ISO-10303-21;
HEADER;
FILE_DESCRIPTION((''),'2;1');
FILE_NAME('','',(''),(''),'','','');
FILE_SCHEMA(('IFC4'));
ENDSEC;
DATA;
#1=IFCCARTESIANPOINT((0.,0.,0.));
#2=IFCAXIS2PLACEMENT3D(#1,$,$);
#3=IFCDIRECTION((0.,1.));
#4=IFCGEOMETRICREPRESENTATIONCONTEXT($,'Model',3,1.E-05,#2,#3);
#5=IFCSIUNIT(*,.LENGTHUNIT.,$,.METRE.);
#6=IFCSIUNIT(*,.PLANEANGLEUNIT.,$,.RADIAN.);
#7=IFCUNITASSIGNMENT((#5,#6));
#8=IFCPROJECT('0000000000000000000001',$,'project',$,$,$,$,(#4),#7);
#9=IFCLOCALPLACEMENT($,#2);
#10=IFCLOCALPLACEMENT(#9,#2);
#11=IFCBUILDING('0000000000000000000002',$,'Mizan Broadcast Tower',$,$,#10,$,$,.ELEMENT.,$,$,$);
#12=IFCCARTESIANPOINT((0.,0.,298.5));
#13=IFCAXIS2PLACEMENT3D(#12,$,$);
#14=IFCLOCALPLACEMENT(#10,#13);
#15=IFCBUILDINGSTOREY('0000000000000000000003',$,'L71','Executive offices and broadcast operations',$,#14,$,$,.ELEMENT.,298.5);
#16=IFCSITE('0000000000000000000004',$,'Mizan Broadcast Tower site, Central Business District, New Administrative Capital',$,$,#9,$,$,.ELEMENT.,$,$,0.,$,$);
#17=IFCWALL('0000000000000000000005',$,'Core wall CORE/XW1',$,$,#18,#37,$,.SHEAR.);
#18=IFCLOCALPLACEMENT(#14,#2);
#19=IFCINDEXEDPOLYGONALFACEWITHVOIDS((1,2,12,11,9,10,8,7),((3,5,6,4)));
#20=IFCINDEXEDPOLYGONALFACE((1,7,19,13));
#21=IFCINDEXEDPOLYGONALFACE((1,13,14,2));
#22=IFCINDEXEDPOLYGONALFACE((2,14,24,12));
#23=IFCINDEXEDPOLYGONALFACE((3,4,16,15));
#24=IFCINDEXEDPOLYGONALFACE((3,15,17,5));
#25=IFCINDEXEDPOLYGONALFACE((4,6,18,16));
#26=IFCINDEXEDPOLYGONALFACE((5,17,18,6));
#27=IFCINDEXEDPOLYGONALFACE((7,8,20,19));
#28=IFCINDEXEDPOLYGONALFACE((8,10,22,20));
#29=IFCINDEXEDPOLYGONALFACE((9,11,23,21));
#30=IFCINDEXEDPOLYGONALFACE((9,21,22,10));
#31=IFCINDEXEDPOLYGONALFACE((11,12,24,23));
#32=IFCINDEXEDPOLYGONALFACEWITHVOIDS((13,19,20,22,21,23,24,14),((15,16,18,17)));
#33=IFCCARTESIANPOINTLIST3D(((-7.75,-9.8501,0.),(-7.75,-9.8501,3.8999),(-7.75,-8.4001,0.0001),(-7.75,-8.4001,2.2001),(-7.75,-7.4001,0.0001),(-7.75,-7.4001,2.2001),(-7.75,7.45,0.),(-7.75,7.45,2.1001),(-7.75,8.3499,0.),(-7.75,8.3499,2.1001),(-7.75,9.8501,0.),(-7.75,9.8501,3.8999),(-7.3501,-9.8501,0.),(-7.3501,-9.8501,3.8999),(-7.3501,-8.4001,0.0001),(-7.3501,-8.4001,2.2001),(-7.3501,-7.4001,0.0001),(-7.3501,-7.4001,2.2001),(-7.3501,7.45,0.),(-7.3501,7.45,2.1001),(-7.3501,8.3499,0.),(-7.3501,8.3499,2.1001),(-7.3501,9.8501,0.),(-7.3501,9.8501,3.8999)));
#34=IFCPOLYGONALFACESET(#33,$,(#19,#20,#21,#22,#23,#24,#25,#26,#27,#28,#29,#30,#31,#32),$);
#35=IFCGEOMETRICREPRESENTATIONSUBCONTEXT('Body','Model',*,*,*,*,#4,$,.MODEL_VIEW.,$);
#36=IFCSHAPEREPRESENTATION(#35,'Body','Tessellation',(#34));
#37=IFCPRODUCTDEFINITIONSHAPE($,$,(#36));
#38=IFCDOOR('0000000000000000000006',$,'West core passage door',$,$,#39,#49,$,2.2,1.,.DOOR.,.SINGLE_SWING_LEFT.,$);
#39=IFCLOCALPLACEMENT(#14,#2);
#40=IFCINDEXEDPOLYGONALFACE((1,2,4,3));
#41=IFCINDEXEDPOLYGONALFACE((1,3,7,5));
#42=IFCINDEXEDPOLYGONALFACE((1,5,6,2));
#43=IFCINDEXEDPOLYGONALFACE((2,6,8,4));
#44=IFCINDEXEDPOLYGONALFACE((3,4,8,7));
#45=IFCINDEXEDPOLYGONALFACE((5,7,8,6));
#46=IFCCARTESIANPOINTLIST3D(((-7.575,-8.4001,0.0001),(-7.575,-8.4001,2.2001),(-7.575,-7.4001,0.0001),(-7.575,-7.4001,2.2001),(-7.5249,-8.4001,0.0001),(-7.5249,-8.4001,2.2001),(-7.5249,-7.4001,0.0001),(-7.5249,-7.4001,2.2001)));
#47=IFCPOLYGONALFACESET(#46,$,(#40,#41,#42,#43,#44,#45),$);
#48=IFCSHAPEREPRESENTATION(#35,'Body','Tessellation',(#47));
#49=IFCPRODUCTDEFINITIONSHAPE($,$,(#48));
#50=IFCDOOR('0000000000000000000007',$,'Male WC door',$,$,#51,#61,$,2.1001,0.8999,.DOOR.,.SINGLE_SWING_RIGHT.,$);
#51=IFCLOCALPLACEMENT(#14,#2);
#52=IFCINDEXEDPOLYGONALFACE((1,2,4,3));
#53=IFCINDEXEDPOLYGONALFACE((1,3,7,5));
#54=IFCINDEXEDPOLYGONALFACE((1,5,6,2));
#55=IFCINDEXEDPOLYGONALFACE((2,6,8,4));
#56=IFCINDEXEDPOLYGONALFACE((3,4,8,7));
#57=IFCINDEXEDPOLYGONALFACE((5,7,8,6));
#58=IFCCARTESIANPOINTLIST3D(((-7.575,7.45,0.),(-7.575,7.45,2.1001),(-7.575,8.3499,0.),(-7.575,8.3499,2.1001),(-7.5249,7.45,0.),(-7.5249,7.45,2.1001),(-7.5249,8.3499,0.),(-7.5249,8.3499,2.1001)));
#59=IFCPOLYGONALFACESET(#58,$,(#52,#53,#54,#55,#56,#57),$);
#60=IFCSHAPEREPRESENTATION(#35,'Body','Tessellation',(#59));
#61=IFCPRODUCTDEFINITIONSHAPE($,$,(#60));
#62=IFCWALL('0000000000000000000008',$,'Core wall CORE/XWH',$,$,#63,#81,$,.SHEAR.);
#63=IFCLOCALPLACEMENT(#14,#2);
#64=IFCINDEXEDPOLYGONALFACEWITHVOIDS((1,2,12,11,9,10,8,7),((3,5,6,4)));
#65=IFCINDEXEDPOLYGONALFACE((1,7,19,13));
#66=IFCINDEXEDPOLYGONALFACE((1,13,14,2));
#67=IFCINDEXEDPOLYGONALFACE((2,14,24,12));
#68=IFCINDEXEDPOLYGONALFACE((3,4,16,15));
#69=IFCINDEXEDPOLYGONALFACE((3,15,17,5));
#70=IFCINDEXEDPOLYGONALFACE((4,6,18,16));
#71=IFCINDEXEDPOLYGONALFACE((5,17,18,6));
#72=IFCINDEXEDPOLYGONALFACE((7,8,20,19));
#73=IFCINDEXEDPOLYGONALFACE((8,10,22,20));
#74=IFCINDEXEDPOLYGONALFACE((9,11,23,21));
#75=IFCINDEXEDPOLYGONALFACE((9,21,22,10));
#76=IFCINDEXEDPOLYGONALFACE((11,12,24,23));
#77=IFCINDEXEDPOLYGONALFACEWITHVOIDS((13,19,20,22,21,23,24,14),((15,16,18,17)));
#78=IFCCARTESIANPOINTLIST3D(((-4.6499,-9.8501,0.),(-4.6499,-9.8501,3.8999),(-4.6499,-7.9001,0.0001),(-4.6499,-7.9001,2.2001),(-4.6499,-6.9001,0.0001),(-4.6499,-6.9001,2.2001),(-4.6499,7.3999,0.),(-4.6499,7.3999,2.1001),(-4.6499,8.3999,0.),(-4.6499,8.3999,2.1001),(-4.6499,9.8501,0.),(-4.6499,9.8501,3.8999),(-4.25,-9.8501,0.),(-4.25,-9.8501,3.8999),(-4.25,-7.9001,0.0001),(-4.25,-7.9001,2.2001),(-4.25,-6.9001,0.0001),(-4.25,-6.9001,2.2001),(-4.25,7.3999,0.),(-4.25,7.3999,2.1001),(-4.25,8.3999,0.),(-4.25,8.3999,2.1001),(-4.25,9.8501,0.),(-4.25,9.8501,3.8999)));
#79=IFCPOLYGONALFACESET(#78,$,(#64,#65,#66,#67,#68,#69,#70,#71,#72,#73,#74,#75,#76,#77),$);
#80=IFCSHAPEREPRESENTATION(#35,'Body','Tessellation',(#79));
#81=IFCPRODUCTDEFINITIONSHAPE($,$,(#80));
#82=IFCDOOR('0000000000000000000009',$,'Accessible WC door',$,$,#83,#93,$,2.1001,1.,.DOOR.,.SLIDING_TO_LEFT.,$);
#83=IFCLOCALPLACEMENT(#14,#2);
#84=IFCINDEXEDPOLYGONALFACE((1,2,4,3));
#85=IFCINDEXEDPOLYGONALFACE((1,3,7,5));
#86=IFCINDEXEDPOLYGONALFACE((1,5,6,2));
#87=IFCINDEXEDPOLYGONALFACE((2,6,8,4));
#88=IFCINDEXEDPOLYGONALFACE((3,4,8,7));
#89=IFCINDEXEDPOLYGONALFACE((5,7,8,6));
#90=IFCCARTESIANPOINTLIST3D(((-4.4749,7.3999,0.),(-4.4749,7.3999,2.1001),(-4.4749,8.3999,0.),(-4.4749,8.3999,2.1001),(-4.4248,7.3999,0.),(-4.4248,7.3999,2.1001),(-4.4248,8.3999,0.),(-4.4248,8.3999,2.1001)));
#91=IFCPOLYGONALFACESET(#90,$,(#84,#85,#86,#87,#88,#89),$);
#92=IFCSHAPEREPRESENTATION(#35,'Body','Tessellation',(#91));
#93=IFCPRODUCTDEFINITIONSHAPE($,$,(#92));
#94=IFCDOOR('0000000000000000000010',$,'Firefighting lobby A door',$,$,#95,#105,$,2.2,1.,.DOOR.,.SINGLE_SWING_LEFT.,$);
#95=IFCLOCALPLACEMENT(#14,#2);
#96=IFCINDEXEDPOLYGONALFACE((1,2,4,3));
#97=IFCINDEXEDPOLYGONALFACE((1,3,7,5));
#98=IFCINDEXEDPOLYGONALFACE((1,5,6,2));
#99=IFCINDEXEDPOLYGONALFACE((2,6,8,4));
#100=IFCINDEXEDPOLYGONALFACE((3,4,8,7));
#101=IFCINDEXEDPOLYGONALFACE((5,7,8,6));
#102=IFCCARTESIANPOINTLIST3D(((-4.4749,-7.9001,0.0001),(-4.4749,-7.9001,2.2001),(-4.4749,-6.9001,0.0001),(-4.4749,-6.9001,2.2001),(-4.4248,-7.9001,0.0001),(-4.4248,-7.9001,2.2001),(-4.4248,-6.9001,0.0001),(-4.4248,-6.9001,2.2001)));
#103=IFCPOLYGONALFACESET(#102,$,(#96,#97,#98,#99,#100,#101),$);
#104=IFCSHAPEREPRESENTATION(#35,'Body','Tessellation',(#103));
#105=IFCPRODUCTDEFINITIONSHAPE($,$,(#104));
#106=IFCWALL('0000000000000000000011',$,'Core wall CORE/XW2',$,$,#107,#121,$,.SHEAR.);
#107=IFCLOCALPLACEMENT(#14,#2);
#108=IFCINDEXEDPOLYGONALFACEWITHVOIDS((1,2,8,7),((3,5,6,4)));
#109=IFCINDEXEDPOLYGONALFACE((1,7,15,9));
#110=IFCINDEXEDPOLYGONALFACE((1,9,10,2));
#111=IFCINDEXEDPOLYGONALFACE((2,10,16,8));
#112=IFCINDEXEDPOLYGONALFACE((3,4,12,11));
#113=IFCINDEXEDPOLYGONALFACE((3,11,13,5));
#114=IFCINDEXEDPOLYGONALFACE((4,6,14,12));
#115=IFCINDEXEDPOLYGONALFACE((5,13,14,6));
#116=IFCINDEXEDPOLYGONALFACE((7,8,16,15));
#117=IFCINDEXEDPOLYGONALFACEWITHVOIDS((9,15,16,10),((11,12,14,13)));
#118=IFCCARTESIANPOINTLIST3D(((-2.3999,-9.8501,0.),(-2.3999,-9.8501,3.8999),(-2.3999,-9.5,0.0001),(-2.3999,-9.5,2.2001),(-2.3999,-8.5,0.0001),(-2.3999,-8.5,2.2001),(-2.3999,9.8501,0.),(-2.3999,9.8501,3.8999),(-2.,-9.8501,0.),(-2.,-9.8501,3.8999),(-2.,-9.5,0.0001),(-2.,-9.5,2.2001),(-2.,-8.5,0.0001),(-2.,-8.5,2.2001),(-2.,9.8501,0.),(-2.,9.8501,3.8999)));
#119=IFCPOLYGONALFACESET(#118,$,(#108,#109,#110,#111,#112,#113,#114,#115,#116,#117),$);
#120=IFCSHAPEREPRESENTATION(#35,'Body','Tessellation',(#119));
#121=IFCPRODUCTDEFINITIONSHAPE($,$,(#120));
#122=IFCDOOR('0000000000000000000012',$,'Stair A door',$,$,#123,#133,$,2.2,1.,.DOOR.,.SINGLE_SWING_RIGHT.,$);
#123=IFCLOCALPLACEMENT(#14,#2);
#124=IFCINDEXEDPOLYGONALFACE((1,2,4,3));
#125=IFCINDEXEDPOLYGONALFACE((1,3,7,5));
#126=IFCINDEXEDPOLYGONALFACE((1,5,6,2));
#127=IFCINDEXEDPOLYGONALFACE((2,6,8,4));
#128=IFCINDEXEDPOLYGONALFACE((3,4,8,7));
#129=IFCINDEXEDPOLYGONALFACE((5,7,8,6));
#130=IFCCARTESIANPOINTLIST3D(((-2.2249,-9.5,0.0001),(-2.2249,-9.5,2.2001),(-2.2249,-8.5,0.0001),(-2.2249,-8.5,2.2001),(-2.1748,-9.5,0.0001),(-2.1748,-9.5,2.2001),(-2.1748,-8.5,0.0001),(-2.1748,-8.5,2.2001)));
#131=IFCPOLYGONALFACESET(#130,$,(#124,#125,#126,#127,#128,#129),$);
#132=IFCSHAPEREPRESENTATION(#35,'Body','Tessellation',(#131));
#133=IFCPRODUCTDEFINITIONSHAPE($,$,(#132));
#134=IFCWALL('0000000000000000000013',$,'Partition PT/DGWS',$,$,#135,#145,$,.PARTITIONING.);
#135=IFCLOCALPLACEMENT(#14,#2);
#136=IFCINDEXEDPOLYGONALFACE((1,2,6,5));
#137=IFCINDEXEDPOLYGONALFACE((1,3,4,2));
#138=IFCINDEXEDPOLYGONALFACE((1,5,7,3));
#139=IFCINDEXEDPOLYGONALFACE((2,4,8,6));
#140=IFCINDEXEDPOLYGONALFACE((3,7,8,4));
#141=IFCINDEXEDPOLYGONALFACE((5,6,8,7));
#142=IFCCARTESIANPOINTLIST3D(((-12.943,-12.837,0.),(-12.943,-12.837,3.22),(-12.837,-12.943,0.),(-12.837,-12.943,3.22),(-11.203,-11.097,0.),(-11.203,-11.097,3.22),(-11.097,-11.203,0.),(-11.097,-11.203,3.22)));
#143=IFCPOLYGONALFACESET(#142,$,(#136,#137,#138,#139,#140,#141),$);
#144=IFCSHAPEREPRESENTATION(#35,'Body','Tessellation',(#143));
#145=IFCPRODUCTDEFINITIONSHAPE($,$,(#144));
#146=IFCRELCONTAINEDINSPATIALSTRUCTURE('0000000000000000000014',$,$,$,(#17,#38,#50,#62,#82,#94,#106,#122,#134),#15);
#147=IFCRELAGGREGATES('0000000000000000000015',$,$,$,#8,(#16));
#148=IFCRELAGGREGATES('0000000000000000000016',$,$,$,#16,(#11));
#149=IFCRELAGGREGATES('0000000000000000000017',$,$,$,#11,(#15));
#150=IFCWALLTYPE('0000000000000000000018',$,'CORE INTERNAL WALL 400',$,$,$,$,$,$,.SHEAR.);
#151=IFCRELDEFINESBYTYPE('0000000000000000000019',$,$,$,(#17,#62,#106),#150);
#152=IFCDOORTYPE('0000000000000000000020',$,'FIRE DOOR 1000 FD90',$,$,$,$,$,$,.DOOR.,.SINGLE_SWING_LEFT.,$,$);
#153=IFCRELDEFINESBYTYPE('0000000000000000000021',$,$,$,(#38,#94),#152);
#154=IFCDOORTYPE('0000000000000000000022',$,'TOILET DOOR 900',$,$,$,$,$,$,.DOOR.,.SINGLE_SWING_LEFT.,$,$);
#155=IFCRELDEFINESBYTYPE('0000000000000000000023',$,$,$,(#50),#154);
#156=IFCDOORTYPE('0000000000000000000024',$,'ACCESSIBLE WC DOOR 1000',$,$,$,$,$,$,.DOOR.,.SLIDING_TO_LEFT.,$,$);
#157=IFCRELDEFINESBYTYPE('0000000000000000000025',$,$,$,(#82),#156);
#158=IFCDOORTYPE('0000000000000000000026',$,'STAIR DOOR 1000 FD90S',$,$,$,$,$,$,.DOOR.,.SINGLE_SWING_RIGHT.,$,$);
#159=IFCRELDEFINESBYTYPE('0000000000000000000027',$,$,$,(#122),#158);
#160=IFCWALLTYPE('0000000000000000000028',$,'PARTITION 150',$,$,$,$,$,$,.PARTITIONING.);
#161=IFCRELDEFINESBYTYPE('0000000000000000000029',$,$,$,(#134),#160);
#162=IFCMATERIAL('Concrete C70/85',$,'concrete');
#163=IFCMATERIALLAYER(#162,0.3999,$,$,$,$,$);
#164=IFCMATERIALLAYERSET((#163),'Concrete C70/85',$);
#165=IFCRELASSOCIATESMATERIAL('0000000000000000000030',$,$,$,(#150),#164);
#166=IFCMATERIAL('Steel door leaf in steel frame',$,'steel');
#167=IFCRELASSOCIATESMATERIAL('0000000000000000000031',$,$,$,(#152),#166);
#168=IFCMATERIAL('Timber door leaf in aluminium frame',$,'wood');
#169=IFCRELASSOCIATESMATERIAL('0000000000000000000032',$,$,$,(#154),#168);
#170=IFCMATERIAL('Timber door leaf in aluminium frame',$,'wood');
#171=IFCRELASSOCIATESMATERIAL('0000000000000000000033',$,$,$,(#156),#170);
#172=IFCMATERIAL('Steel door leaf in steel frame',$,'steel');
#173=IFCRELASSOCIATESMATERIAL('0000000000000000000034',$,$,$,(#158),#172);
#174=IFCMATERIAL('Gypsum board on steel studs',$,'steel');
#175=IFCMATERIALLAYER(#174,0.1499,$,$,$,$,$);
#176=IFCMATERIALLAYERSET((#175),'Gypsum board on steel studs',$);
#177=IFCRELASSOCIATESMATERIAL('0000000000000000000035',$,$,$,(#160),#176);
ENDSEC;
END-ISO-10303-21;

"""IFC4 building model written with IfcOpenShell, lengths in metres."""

from ifc_helpers import new_model, si_unit, direction, frame, frame_2d, origin, place, context, subcontext, project, spatial, rectangle, extrude, material, layer, layer_set, type_object, element, fill, save


model = new_model("IFC4")

# Units and contexts
model_context = context("Model", 3, precision=1e-05, world=origin(), true_north=direction((0.0, 1.0)))
body_context = subcontext(model_context, "Body", "Model", "MODEL_VIEW")
ifc_project = project(units=[si_unit("LENGTHUNIT", "METRE"), si_unit("PLANEANGLEUNIT", "RADIAN")], contexts=[model_context])

# Site, building, storey
site_placement = place(None, origin())
site = spatial("IfcSite", under=ifc_project, at=site_placement, Name="Mizan Broadcast Tower site, Central Business District, New Administrative Capital", CompositionType="ELEMENT", RefElevation=0.0)
building_placement = place(site_placement, origin())
building = spatial("IfcBuilding", under=site, at=building_placement, Name="Mizan Broadcast Tower", CompositionType="ELEMENT")
storey_placement = place(building_placement, frame((0.0, 0.0, 298.5)))
storey = spatial("IfcBuildingStorey", under=building, at=storey_placement, Name="L71", Description="Executive offices and broadcast operations", CompositionType="ELEMENT", Elevation=298.5)

# Walls, openings, doors
ifc_material_1 = material(Name="Concrete C70/85", Category="concrete")
ifc_layer_1 = layer(ifc_material_1, 0.3999)
ifc_layer_set_1 = layer_set([ifc_layer_1], Name="Concrete C70/85")
wall_type_1 = type_object("IfcWallType", Name="CORE INTERNAL WALL 400", PredefinedType="SHEAR", material=ifc_layer_set_1)
wall_1_placement = place(storey_placement, frame((-7.55, -9.8501, 0.0), z_axis=(0.0, 0.0, 1.0), x_axis=(0.0, 1.0, 0.0)))
wall_1 = element("IfcWall", 1, at=wall_1_placement, inside=storey, type_object=wall_type_1, Name="Core wall CORE/XW1", PredefinedType="SHEAR", context=body_context, shape_type="SweptSolid", body=[
    extrude(rectangle(XDim=19.7002, YDim=0.3999, at=frame_2d((9.8501, 0.0))), origin(), (0.0, 0.0, 1.0), 3.8999),
])
opening_1_placement = place(wall_1_placement, frame((1.45, 0.0, 0.0)))
opening_1 = element("IfcOpeningElement", 2, at=opening_1_placement, cuts=wall_1, PredefinedType="OPENING", context=body_context, shape_type="SweptSolid", body=[
    extrude(rectangle(XDim=1.0, YDim=2.2, at=frame_2d((0.5, 1.1001))), frame((0.0, 0.21, 0.0), z_axis=(0.0, -1.0, 0.0), x_axis=(1.0, 0.0, 0.0)), (0.0, 0.0, 1.0), 0.4199),
])
opening_2_placement = place(wall_1_placement, frame((17.3, 0.0, 0.0)))
opening_2 = element("IfcOpeningElement", 3, at=opening_2_placement, cuts=wall_1, PredefinedType="OPENING", context=body_context, shape_type="SweptSolid", body=[
    extrude(rectangle(XDim=0.8999, YDim=2.1001, at=frame_2d((0.45, 1.05))), frame((0.0, 0.21, 0.0), z_axis=(0.0, -1.0, 0.0), x_axis=(1.0, 0.0, 0.0)), (0.0, 0.0, 1.0), 0.4199),
])
ifc_material_2 = material(Name="Steel door leaf in steel frame", Category="steel")
door_type_1 = type_object("IfcDoorType", Name="FIRE DOOR 1000 FD90", OperationType="SINGLE_SWING_LEFT", PredefinedType="DOOR", material=ifc_material_2)
door_1_placement = place(opening_1_placement, origin())
door_1 = element("IfcDoor", 4, at=door_1_placement, inside=storey, type_object=door_type_1, Name="West core passage door", OperationType="SINGLE_SWING_LEFT", OverallHeight=2.2, OverallWidth=1.0, PredefinedType="DOOR", context=body_context, shape_type="SweptSolid", body=[
    extrude(rectangle(XDim=1.0, YDim=2.2, at=frame_2d((0.5, 1.1001))), frame((0.0, 0.0249, 0.0), z_axis=(0.0, -1.0, 0.0), x_axis=(1.0, 0.0, 0.0)), (0.0, 0.0, 1.0), 0.05),
])
fill(opening_1, door_1)
ifc_material_3 = material(Name="Timber door leaf in aluminium frame", Category="wood")
door_type_2 = type_object("IfcDoorType", Name="TOILET DOOR 900", OperationType="SINGLE_SWING_LEFT", PredefinedType="DOOR", material=ifc_material_3)
door_2_placement = place(opening_2_placement, origin())
door_2 = element("IfcDoor", 5, at=door_2_placement, inside=storey, type_object=door_type_2, Name="Male WC door", OperationType="SINGLE_SWING_RIGHT", OverallHeight=2.1001, OverallWidth=0.8999, PredefinedType="DOOR", context=body_context, shape_type="SweptSolid", body=[
    extrude(rectangle(XDim=0.8999, YDim=2.1001, at=frame_2d((0.45, 1.05))), frame((0.0, 0.0249, 0.0), z_axis=(0.0, -1.0, 0.0), x_axis=(1.0, 0.0, 0.0)), (0.0, 0.0, 1.0), 0.05),
])
fill(opening_2, door_2)
wall_2_placement = place(storey_placement, frame((-4.45, -9.8501, 0.0), z_axis=(0.0, 0.0, 1.0), x_axis=(0.0, 1.0, 0.0)))
wall_2 = element("IfcWall", 6, at=wall_2_placement, inside=storey, type_object=wall_type_1, Name="Core wall CORE/XWH", PredefinedType="SHEAR", context=body_context, shape_type="SweptSolid", body=[
    extrude(rectangle(XDim=19.7002, YDim=0.3999, at=frame_2d((9.8501, 0.0))), origin(), (0.0, 0.0, 1.0), 3.8999),
])
opening_3_placement = place(wall_2_placement, frame((1.95, 0.0, 0.0)))
opening_3 = element("IfcOpeningElement", 7, at=opening_3_placement, cuts=wall_2, PredefinedType="OPENING", context=body_context, shape_type="SweptSolid", body=[
    extrude(rectangle(XDim=1.0, YDim=2.2, at=frame_2d((0.5, 1.1001))), frame((0.0, 0.21, 0.0), z_axis=(0.0, -1.0, 0.0), x_axis=(1.0, 0.0, 0.0)), (0.0, 0.0, 1.0), 0.4199),
])
opening_4_placement = place(wall_2_placement, frame((17.25, 0.0, 0.0)))
opening_4 = element("IfcOpeningElement", 8, at=opening_4_placement, cuts=wall_2, PredefinedType="OPENING", context=body_context, shape_type="SweptSolid", body=[
    extrude(rectangle(XDim=1.0, YDim=2.1001, at=frame_2d((0.5, 1.05))), frame((0.0, 0.21, 0.0), z_axis=(0.0, -1.0, 0.0), x_axis=(1.0, 0.0, 0.0)), (0.0, 0.0, 1.0), 0.4199),
])
ifc_material_4 = material(Name="Timber door leaf in aluminium frame", Category="wood")
door_type_3 = type_object("IfcDoorType", Name="ACCESSIBLE WC DOOR 1000", OperationType="SLIDING_TO_LEFT", PredefinedType="DOOR", material=ifc_material_4)
door_3_placement = place(opening_4_placement, origin())
door_3 = element("IfcDoor", 9, at=door_3_placement, inside=storey, type_object=door_type_3, Name="Accessible WC door", OperationType="SLIDING_TO_LEFT", OverallHeight=2.1001, OverallWidth=1.0, PredefinedType="DOOR", context=body_context, shape_type="SweptSolid", body=[
    extrude(rectangle(XDim=1.0, YDim=2.1001, at=frame_2d((0.5, 1.05))), frame((0.0, 0.0249, 0.0), z_axis=(0.0, -1.0, 0.0), x_axis=(1.0, 0.0, 0.0)), (0.0, 0.0, 1.0), 0.05),
])
fill(opening_4, door_3)
door_4_placement = place(opening_3_placement, origin())
door_4 = element("IfcDoor", 10, at=door_4_placement, inside=storey, type_object=door_type_1, Name="Firefighting lobby A door", OperationType="SINGLE_SWING_LEFT", OverallHeight=2.2, OverallWidth=1.0, PredefinedType="DOOR", context=body_context, shape_type="SweptSolid", body=[
    extrude(rectangle(XDim=1.0, YDim=2.2, at=frame_2d((0.5, 1.1001))), frame((0.0, 0.0249, 0.0), z_axis=(0.0, -1.0, 0.0), x_axis=(1.0, 0.0, 0.0)), (0.0, 0.0, 1.0), 0.05),
])
fill(opening_3, door_4)

# Wall, opening, door
wall_3_placement = place(storey_placement, frame((-2.2, -9.8501, 0.0), z_axis=(0.0, 0.0, 1.0), x_axis=(0.0, 1.0, 0.0)))
wall_3 = element("IfcWall", 11, at=wall_3_placement, inside=storey, type_object=wall_type_1, Name="Core wall CORE/XW2", PredefinedType="SHEAR", context=body_context, shape_type="SweptSolid", body=[
    extrude(rectangle(XDim=19.7002, YDim=0.3999, at=frame_2d((9.8501, 0.0))), origin(), (0.0, 0.0, 1.0), 3.8999),
])
opening_5_placement = place(wall_3_placement, frame((0.3501, 0.0, 0.0)))
opening_5 = element("IfcOpeningElement", 12, at=opening_5_placement, cuts=wall_3, PredefinedType="OPENING", context=body_context, shape_type="SweptSolid", body=[
    extrude(rectangle(XDim=1.0, YDim=2.2, at=frame_2d((0.5, 1.1001))), frame((0.0, 0.21, 0.0), z_axis=(0.0, -1.0, 0.0), x_axis=(1.0, 0.0, 0.0)), (0.0, 0.0, 1.0), 0.4199),
])
ifc_material_5 = material(Name="Steel door leaf in steel frame", Category="steel")
door_type_4 = type_object("IfcDoorType", Name="STAIR DOOR 1000 FD90S", OperationType="SINGLE_SWING_RIGHT", PredefinedType="DOOR", material=ifc_material_5)
door_5_placement = place(opening_5_placement, origin())
door_5 = element("IfcDoor", 13, at=door_5_placement, inside=storey, type_object=door_type_4, Name="Stair A door", OperationType="SINGLE_SWING_RIGHT", OverallHeight=2.2, OverallWidth=1.0, PredefinedType="DOOR", context=body_context, shape_type="SweptSolid", body=[
    extrude(rectangle(XDim=1.0, YDim=2.2, at=frame_2d((0.5, 1.1001))), frame((0.0, 0.0249, 0.0), z_axis=(0.0, -1.0, 0.0), x_axis=(1.0, 0.0, 0.0)), (0.0, 0.0, 1.0), 0.05),
])
fill(opening_5, door_5)

# Wall
ifc_material_6 = material(Name="Gypsum board on steel studs", Category="steel")
ifc_layer_2 = layer(ifc_material_6, 0.1499)
ifc_layer_set_2 = layer_set([ifc_layer_2], Name="Gypsum board on steel studs")
wall_type_2 = type_object("IfcWallType", Name="PARTITION 150", PredefinedType="PARTITIONING", material=ifc_layer_set_2)
wall_4_placement = place(storey_placement, frame((-11.1499, -11.1499, 0.0), z_axis=(0.0, 0.0, 1.0), x_axis=(-0.707107, -0.707107, 0.0)))
element("IfcWall", 14, at=wall_4_placement, inside=storey, type_object=wall_type_2, Name="Partition PT/DGWS", PredefinedType="PARTITIONING", context=body_context, shape_type="SweptSolid", body=[
    extrude(rectangle(XDim=2.4607, YDim=0.1499, at=frame_2d((1.2305, 0.0))), origin(), (0.0, 0.0, 1.0), 3.22),
])

save(model, "model.ifc")
